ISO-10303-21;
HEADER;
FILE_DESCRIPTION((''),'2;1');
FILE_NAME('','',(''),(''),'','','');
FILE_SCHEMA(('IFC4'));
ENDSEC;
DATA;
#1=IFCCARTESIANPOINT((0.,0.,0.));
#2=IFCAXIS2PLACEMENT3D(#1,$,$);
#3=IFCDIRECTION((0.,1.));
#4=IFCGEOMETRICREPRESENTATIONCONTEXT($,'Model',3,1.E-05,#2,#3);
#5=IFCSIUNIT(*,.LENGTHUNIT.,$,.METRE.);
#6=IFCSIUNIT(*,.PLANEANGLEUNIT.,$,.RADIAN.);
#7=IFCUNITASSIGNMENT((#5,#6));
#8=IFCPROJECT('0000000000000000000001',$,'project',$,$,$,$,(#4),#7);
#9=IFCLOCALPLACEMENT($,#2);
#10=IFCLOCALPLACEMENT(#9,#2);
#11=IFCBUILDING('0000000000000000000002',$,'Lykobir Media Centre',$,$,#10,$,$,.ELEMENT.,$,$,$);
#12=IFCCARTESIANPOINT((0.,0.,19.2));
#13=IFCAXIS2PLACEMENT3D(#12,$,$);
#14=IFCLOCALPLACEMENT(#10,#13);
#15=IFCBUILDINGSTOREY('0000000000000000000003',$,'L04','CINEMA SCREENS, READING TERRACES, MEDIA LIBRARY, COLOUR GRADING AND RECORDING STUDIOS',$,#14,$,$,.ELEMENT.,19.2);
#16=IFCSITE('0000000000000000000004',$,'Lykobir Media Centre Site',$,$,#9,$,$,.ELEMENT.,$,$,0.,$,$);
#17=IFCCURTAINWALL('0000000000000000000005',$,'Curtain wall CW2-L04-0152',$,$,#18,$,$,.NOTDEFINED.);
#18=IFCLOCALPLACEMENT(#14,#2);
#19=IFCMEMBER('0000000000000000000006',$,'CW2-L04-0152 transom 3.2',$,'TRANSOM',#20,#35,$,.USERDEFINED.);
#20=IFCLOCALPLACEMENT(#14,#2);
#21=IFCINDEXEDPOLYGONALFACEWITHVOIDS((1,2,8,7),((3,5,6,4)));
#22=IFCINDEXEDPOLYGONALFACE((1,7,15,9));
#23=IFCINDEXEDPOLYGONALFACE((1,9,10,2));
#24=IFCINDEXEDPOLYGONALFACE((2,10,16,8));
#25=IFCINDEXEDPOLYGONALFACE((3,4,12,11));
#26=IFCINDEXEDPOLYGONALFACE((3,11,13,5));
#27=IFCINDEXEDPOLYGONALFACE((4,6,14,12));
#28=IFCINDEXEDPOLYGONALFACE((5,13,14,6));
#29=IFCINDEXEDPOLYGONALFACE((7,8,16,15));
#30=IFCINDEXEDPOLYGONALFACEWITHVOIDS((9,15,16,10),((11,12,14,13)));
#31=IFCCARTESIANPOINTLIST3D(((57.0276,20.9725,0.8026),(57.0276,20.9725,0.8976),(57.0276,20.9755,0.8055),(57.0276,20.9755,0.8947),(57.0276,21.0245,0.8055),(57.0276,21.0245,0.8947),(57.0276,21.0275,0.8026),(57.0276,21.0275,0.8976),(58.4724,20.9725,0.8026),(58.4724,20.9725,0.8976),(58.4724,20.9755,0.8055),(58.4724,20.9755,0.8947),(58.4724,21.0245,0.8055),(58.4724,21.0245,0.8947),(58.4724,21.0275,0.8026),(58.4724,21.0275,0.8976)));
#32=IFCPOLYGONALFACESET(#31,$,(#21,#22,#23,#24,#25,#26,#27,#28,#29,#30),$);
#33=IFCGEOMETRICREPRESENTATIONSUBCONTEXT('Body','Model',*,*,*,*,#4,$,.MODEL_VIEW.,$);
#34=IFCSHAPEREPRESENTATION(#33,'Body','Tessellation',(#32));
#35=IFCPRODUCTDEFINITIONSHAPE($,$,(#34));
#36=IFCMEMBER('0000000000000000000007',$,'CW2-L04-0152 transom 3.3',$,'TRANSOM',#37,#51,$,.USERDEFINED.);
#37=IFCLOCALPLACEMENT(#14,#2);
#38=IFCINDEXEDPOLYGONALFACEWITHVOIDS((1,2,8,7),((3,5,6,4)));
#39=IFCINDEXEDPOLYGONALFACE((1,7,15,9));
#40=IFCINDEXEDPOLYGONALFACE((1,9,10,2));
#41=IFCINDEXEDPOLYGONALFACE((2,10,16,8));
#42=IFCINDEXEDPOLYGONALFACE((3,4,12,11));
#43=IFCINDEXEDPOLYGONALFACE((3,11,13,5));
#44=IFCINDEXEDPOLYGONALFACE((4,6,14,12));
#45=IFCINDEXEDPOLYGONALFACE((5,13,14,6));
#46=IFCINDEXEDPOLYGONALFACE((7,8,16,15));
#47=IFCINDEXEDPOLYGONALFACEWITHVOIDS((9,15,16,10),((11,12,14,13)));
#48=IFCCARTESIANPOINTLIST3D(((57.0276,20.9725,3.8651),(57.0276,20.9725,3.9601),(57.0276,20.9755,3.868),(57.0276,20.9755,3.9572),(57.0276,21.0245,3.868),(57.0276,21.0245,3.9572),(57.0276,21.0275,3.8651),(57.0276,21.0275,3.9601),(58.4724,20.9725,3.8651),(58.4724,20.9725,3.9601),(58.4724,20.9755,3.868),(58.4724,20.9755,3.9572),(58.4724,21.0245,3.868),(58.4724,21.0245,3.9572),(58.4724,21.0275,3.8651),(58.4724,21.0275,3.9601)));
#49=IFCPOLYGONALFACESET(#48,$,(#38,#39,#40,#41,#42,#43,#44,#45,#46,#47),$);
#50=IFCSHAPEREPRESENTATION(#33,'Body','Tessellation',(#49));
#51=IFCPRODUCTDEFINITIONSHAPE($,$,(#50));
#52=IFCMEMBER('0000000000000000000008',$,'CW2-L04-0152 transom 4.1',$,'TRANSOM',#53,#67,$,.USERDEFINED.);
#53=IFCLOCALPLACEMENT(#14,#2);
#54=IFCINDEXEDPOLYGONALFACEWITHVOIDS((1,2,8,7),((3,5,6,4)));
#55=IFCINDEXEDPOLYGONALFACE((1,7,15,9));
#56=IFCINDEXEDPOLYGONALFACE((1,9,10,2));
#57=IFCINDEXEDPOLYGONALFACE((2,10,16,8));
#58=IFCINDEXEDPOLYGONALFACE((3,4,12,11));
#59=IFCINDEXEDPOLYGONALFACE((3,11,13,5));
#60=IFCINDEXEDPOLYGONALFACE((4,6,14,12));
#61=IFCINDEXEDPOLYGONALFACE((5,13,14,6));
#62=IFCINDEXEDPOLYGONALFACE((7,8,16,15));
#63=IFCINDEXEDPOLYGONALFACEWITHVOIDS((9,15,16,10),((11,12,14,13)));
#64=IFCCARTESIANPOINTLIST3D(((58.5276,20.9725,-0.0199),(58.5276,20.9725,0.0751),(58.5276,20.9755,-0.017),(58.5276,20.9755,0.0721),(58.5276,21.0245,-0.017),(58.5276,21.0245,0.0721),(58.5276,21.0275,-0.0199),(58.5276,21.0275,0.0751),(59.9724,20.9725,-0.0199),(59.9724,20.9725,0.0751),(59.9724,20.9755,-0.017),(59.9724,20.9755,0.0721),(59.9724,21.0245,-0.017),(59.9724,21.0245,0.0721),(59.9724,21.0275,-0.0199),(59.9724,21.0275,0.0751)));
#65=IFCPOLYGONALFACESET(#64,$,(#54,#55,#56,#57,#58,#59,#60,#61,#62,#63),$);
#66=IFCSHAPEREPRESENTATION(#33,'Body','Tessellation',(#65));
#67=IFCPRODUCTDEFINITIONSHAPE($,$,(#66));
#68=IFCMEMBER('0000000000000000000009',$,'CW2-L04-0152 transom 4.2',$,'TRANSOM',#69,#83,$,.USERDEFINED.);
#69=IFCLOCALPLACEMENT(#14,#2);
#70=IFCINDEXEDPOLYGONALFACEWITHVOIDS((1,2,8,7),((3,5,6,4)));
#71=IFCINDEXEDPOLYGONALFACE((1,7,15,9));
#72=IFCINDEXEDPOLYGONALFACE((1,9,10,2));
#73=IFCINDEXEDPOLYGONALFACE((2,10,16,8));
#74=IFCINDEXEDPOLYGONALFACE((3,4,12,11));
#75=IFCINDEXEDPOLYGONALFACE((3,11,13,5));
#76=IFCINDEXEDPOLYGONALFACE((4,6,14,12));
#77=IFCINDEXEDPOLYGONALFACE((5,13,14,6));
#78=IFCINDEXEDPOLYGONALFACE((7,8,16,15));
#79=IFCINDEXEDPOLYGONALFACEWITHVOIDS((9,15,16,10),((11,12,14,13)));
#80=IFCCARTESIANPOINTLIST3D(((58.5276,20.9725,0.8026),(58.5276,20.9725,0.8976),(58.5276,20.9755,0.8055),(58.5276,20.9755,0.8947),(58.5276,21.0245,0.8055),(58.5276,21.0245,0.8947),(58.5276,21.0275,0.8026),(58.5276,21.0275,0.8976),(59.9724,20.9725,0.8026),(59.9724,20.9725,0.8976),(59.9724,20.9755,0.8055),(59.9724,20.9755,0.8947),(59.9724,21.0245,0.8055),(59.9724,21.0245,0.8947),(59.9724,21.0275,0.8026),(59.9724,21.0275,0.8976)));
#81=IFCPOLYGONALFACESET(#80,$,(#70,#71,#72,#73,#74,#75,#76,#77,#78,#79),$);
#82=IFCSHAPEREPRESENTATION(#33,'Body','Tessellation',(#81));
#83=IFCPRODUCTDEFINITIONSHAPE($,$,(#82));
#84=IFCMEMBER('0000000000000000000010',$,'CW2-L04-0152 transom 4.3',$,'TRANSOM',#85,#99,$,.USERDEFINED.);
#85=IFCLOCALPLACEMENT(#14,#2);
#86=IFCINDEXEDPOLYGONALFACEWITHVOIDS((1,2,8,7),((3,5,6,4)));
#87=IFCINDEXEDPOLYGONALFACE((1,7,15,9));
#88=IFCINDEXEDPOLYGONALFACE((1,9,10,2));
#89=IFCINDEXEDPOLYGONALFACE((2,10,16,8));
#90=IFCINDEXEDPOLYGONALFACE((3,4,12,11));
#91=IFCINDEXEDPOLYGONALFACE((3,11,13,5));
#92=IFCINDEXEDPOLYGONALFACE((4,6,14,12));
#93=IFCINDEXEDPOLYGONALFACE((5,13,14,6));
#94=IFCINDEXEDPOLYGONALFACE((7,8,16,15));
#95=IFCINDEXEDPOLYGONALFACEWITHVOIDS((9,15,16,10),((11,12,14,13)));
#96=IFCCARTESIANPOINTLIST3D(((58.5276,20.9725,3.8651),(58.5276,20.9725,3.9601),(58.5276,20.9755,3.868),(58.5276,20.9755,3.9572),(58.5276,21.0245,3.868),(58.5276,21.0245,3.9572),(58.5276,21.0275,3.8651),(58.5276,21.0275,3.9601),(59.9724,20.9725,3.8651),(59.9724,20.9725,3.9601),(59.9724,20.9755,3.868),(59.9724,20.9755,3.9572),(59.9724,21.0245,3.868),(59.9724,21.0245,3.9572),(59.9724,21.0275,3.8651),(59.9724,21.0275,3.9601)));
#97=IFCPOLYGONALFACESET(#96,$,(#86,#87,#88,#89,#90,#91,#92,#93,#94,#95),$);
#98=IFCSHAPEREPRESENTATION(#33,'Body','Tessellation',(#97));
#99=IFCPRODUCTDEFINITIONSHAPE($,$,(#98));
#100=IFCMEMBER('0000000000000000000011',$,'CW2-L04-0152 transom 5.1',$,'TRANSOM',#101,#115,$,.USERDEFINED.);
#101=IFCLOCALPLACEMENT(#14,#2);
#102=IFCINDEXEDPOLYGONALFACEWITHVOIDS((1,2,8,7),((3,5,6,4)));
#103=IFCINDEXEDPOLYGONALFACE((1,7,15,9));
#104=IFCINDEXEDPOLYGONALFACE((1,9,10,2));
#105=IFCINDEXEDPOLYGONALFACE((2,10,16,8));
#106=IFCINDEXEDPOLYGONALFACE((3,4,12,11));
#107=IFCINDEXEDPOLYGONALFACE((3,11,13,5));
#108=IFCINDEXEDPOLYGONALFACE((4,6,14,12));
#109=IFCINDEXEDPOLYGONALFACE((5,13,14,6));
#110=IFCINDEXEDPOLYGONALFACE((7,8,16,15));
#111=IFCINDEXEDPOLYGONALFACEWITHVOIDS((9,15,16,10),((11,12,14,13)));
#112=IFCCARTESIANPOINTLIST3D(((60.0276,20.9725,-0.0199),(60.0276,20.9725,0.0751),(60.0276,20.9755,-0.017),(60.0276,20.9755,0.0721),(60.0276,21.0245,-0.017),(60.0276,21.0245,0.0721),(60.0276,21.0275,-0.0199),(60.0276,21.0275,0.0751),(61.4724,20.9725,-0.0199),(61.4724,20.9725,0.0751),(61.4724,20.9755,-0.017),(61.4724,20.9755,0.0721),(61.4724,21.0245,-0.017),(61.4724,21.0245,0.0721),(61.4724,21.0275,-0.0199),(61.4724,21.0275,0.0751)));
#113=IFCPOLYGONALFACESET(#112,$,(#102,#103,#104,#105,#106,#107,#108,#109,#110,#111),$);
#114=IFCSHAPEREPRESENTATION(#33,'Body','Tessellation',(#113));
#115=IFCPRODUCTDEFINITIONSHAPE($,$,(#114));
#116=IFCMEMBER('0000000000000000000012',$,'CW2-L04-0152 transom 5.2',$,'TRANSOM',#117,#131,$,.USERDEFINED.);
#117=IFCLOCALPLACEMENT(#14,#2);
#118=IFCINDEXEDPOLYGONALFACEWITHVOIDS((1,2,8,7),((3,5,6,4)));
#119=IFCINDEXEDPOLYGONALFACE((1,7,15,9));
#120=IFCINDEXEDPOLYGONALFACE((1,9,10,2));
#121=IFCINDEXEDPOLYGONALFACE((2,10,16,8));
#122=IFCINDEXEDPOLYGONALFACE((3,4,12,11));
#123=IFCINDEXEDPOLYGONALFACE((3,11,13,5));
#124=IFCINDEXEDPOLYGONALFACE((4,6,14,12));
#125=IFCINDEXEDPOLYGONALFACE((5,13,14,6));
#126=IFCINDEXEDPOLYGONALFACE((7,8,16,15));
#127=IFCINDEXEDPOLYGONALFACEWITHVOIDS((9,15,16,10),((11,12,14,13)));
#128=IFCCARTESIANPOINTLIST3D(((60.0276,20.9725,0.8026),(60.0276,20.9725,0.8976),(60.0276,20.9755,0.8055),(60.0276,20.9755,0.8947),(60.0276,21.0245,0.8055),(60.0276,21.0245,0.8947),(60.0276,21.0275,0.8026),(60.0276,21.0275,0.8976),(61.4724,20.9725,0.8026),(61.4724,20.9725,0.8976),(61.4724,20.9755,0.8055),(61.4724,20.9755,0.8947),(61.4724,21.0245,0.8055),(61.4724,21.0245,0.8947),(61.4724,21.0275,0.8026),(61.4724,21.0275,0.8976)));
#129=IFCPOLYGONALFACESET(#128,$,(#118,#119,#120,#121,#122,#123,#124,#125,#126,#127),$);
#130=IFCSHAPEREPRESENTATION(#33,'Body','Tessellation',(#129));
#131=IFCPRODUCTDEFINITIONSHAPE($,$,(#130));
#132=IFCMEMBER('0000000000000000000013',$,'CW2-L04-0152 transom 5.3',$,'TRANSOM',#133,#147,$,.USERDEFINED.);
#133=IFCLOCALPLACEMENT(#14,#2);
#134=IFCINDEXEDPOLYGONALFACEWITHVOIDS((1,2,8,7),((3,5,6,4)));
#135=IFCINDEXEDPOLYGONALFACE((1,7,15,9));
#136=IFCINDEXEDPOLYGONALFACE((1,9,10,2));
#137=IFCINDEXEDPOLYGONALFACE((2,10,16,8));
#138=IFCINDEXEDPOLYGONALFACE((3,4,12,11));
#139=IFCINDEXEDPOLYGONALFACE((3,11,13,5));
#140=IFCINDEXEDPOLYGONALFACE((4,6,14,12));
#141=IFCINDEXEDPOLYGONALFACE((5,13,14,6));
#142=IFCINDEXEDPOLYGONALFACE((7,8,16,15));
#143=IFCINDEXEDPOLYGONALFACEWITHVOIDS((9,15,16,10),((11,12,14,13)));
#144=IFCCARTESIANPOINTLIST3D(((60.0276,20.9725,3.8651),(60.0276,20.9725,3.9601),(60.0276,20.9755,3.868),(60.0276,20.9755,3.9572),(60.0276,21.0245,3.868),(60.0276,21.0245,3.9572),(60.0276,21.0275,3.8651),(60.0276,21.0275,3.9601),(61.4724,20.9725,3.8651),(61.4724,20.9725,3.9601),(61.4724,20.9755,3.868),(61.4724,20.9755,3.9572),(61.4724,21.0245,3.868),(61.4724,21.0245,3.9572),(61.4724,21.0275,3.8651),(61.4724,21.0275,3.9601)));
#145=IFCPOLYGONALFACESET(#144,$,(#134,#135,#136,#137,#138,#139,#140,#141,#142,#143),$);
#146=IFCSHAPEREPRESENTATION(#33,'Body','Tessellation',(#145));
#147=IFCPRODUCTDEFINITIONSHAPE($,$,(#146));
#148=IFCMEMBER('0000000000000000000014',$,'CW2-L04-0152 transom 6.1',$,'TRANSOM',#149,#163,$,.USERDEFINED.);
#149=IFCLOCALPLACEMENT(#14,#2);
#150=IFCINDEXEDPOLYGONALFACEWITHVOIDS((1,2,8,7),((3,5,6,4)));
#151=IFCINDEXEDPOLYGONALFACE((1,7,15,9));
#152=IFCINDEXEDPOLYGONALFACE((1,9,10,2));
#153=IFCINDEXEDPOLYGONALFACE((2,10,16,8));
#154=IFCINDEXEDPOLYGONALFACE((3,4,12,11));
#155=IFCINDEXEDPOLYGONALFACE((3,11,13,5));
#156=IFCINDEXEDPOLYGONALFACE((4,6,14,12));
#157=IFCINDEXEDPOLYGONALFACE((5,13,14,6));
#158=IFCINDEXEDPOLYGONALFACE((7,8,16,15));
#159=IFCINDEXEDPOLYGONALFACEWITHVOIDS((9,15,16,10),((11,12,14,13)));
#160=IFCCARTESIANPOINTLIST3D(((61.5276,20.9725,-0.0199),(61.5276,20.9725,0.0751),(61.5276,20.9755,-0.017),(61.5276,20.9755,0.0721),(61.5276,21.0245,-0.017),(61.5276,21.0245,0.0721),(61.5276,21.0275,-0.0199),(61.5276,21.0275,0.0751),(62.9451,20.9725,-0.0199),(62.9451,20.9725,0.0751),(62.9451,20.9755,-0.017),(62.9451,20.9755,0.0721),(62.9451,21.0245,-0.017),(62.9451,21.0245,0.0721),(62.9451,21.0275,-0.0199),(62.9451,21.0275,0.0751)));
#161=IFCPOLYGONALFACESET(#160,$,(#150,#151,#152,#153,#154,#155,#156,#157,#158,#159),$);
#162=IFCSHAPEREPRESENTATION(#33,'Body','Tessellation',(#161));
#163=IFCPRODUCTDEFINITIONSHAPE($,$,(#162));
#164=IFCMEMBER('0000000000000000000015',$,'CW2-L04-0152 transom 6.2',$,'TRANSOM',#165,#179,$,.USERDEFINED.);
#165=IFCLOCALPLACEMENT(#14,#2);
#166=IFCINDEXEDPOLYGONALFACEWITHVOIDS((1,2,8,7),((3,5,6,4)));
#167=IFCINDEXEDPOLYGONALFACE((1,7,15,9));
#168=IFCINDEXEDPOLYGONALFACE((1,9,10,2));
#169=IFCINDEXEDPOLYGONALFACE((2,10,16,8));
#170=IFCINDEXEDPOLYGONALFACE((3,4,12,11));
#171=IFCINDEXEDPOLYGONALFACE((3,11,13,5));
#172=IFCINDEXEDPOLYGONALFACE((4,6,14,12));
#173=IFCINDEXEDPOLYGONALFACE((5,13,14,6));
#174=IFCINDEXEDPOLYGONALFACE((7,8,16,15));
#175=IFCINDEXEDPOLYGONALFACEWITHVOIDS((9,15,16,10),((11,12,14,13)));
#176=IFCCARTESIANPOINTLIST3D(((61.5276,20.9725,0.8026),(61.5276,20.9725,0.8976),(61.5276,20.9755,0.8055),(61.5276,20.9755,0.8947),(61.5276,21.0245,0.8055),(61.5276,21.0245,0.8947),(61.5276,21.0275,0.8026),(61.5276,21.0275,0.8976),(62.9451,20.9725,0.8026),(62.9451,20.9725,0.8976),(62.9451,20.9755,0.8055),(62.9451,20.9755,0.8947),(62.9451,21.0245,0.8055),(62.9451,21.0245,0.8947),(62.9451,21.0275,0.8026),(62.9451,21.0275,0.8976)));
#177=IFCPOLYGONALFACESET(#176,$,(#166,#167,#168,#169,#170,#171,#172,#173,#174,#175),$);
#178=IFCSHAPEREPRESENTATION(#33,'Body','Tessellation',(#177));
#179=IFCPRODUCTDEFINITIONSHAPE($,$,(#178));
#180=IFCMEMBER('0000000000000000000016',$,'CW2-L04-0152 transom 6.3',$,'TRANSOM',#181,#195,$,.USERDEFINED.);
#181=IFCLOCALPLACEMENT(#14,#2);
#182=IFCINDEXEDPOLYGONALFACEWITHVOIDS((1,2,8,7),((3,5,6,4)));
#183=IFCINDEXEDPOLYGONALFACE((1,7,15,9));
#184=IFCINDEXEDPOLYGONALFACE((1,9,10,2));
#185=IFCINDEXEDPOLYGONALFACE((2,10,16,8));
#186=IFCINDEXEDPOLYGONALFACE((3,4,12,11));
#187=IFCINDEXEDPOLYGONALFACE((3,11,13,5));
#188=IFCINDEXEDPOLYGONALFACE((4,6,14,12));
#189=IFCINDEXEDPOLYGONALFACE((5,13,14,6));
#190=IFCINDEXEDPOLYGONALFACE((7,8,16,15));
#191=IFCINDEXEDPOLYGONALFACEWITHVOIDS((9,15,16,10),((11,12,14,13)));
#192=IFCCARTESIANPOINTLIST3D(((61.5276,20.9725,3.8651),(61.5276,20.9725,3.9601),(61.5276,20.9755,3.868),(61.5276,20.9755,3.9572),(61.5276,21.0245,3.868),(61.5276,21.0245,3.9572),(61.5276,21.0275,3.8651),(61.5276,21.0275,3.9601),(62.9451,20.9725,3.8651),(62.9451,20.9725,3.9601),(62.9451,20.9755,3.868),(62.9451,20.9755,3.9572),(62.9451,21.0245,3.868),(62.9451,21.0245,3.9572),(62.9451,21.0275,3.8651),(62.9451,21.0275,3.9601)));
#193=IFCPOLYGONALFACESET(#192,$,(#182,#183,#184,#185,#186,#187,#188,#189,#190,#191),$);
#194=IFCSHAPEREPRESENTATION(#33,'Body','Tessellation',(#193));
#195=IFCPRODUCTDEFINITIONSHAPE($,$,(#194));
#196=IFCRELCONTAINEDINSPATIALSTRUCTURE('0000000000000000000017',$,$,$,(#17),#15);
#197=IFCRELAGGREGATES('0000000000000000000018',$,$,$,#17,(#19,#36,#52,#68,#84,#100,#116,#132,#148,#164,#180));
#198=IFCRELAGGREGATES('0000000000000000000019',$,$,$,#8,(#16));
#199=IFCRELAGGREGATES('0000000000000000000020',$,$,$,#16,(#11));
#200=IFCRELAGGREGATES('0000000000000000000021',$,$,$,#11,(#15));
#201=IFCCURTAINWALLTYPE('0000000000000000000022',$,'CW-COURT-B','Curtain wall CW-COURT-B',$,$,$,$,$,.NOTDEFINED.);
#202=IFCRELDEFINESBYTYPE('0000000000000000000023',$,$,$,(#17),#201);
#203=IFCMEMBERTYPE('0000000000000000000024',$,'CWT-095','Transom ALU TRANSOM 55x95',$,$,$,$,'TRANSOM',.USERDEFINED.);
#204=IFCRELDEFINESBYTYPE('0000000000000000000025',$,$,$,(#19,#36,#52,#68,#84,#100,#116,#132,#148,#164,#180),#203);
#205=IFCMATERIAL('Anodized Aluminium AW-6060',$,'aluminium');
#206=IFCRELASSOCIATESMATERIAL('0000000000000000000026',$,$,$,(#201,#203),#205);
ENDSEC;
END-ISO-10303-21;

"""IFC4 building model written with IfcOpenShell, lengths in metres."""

from ifc_helpers import new_model, si_unit, direction, frame, origin, origin_2d, place, context, subcontext, project, spatial, hollow_rectangle, extrude, material, material_profile, profile_set, type_object, element, aggregate, save


model = new_model("IFC4")

# Units and contexts
model_context = context("Model", 3, precision=1e-05, world=origin(), true_north=direction((0.0, 1.0)))
body_context = subcontext(model_context, "Body", "Model", "MODEL_VIEW")
ifc_project = project(units=[si_unit("LENGTHUNIT", "METRE"), si_unit("PLANEANGLEUNIT", "RADIAN")], contexts=[model_context])

# Site, building, storey
site_placement = place(None, origin())
site = spatial("IfcSite", under=ifc_project, at=site_placement, Name="Lykobir Media Centre Site", CompositionType="ELEMENT", RefElevation=0.0)
building_placement = place(site_placement, origin())
building = spatial("IfcBuilding", under=site, at=building_placement, Name="Lykobir Media Centre", CompositionType="ELEMENT")
storey_placement = place(building_placement, frame((0.0, 0.0, 19.2)))
storey = spatial("IfcBuildingStorey", under=building, at=storey_placement, Name="L04", Description="CINEMA SCREENS, READING TERRACES, MEDIA LIBRARY, COLOUR GRADING AND RECORDING STUDIOS", CompositionType="ELEMENT", Elevation=19.2)

# Curtain wall
ifc_material_1 = material(Name="Anodized Aluminium AW-6060", Category="aluminium")
curtain_wall_type = type_object("IfcCurtainWallType", Name="CW-COURT-B", Description="Curtain wall CW-COURT-B", PredefinedType="NOTDEFINED", material=ifc_material_1)
curtain_wall_1_placement = place(storey_placement, origin())
curtain_wall_1 = element("IfcCurtainWall", 1, at=curtain_wall_1_placement, inside=storey, type_object=curtain_wall_type, Name="Curtain wall CW2-L04-0152", PredefinedType="NOTDEFINED")

# Members
ifc_material_profile_1 = material_profile(ifc_material_1, hollow_rectangle(XDim=0.0549, YDim=0.095, WallThickness=0.0029, at=origin_2d()), Name="ALU TRANSOM 55x95")
ifc_profile_set_1 = profile_set([ifc_material_profile_1], Name="Anodized Aluminium AW-6060")
member_type_1 = type_object("IfcMemberType", Name="CWT-095", Description="Transom ALU TRANSOM 55x95", ElementType="TRANSOM", PredefinedType="USERDEFINED", material=ifc_profile_set_1)
member_1_placement = place(storey_placement, frame((57.0276, 21.0, 0.8501), z_axis=(1.0, 0.0, 0.0), x_axis=(0.0, 1.0, 0.0)))
member_1 = element("IfcMember", 2, at=member_1_placement, type_object=member_type_1, Name="CW2-L04-0152 transom 3.2", ObjectType="TRANSOM", PredefinedType="USERDEFINED", context=body_context, shape_type="SweptSolid", body=[
    extrude(hollow_rectangle(XDim=0.0549, YDim=0.095, WallThickness=0.0029, at=origin_2d()), origin(), (0.0, 0.0, 1.0), 1.4448),
])
member_2_placement = place(storey_placement, frame((57.0276, 21.0, 3.9126), z_axis=(1.0, 0.0, 0.0), x_axis=(0.0, 1.0, 0.0)))
member_2 = element("IfcMember", 3, at=member_2_placement, type_object=member_type_1, Name="CW2-L04-0152 transom 3.3", ObjectType="TRANSOM", PredefinedType="USERDEFINED", context=body_context, shape_type="SweptSolid", body=[
    extrude(hollow_rectangle(XDim=0.0549, YDim=0.095, WallThickness=0.0029, at=origin_2d()), origin(), (0.0, 0.0, 1.0), 1.4448),
])
member_3_placement = place(storey_placement, frame((58.5276, 21.0, 0.0276), z_axis=(1.0, 0.0, 0.0), x_axis=(0.0, 1.0, 0.0)))
member_3 = element("IfcMember", 4, at=member_3_placement, type_object=member_type_1, Name="CW2-L04-0152 transom 4.1", ObjectType="TRANSOM", PredefinedType="USERDEFINED", context=body_context, shape_type="SweptSolid", body=[
    extrude(hollow_rectangle(XDim=0.0549, YDim=0.095, WallThickness=0.0029, at=origin_2d()), origin(), (0.0, 0.0, 1.0), 1.4448),
])
member_4_placement = place(storey_placement, frame((58.5276, 21.0, 0.8501), z_axis=(1.0, 0.0, 0.0), x_axis=(0.0, 1.0, 0.0)))
member_4 = element("IfcMember", 5, at=member_4_placement, type_object=member_type_1, Name="CW2-L04-0152 transom 4.2", ObjectType="TRANSOM", PredefinedType="USERDEFINED", context=body_context, shape_type="SweptSolid", body=[
    extrude(hollow_rectangle(XDim=0.0549, YDim=0.095, WallThickness=0.0029, at=origin_2d()), origin(), (0.0, 0.0, 1.0), 1.4448),
])
member_5_placement = place(storey_placement, frame((58.5276, 21.0, 3.9126), z_axis=(1.0, 0.0, 0.0), x_axis=(0.0, 1.0, 0.0)))
member_5 = element("IfcMember", 6, at=member_5_placement, type_object=member_type_1, Name="CW2-L04-0152 transom 4.3", ObjectType="TRANSOM", PredefinedType="USERDEFINED", context=body_context, shape_type="SweptSolid", body=[
    extrude(hollow_rectangle(XDim=0.0549, YDim=0.095, WallThickness=0.0029, at=origin_2d()), origin(), (0.0, 0.0, 1.0), 1.4448),
])
member_6_placement = place(storey_placement, frame((60.0276, 21.0, 0.0276), z_axis=(1.0, 0.0, 0.0), x_axis=(0.0, 1.0, 0.0)))
member_6 = element("IfcMember", 7, at=member_6_placement, type_object=member_type_1, Name="CW2-L04-0152 transom 5.1", ObjectType="TRANSOM", PredefinedType="USERDEFINED", context=body_context, shape_type="SweptSolid", body=[
    extrude(hollow_rectangle(XDim=0.0549, YDim=0.095, WallThickness=0.0029, at=origin_2d()), origin(), (0.0, 0.0, 1.0), 1.4448),
])
member_7_placement = place(storey_placement, frame((60.0276, 21.0, 0.8501), z_axis=(1.0, 0.0, 0.0), x_axis=(0.0, 1.0, 0.0)))
member_7 = element("IfcMember", 8, at=member_7_placement, type_object=member_type_1, Name="CW2-L04-0152 transom 5.2", ObjectType="TRANSOM", PredefinedType="USERDEFINED", context=body_context, shape_type="SweptSolid", body=[
    extrude(hollow_rectangle(XDim=0.0549, YDim=0.095, WallThickness=0.0029, at=origin_2d()), origin(), (0.0, 0.0, 1.0), 1.4448),
])
member_8_placement = place(storey_placement, frame((60.0276, 21.0, 3.9126), z_axis=(1.0, 0.0, 0.0), x_axis=(0.0, 1.0, 0.0)))
member_8 = element("IfcMember", 9, at=member_8_placement, type_object=member_type_1, Name="CW2-L04-0152 transom 5.3", ObjectType="TRANSOM", PredefinedType="USERDEFINED", context=body_context, shape_type="SweptSolid", body=[
    extrude(hollow_rectangle(XDim=0.0549, YDim=0.095, WallThickness=0.0029, at=origin_2d()), origin(), (0.0, 0.0, 1.0), 1.4448),
])
member_9_placement = place(storey_placement, frame((61.5276, 21.0, 0.0276), z_axis=(1.0, 0.0, 0.0), x_axis=(0.0, 1.0, 0.0)))
member_9 = element("IfcMember", 10, at=member_9_placement, type_object=member_type_1, Name="CW2-L04-0152 transom 6.1", ObjectType="TRANSOM", PredefinedType="USERDEFINED", context=body_context, shape_type="SweptSolid", body=[
    extrude(hollow_rectangle(XDim=0.0549, YDim=0.095, WallThickness=0.0029, at=origin_2d()), origin(), (0.0, 0.0, 1.0), 1.4175),
])
member_10_placement = place(storey_placement, frame((61.5276, 21.0, 0.8501), z_axis=(1.0, 0.0, 0.0), x_axis=(0.0, 1.0, 0.0)))
member_10 = element("IfcMember", 11, at=member_10_placement, type_object=member_type_1, Name="CW2-L04-0152 transom 6.2", ObjectType="TRANSOM", PredefinedType="USERDEFINED", context=body_context, shape_type="SweptSolid", body=[
    extrude(hollow_rectangle(XDim=0.0549, YDim=0.095, WallThickness=0.0029, at=origin_2d()), origin(), (0.0, 0.0, 1.0), 1.4175),
])
member_11_placement = place(storey_placement, frame((61.5276, 21.0, 3.9126), z_axis=(1.0, 0.0, 0.0), x_axis=(0.0, 1.0, 0.0)))
member_11 = element("IfcMember", 12, at=member_11_placement, type_object=member_type_1, Name="CW2-L04-0152 transom 6.3", ObjectType="TRANSOM", PredefinedType="USERDEFINED", context=body_context, shape_type="SweptSolid", body=[
    extrude(hollow_rectangle(XDim=0.0549, YDim=0.095, WallThickness=0.0029, at=origin_2d()), origin(), (0.0, 0.0, 1.0), 1.4175),
])

aggregate(curtain_wall_1, [member_1, member_2, member_3, member_4, member_5, member_6, member_7, member_8, member_9, member_10, member_11])

save(model, "model.ifc")
